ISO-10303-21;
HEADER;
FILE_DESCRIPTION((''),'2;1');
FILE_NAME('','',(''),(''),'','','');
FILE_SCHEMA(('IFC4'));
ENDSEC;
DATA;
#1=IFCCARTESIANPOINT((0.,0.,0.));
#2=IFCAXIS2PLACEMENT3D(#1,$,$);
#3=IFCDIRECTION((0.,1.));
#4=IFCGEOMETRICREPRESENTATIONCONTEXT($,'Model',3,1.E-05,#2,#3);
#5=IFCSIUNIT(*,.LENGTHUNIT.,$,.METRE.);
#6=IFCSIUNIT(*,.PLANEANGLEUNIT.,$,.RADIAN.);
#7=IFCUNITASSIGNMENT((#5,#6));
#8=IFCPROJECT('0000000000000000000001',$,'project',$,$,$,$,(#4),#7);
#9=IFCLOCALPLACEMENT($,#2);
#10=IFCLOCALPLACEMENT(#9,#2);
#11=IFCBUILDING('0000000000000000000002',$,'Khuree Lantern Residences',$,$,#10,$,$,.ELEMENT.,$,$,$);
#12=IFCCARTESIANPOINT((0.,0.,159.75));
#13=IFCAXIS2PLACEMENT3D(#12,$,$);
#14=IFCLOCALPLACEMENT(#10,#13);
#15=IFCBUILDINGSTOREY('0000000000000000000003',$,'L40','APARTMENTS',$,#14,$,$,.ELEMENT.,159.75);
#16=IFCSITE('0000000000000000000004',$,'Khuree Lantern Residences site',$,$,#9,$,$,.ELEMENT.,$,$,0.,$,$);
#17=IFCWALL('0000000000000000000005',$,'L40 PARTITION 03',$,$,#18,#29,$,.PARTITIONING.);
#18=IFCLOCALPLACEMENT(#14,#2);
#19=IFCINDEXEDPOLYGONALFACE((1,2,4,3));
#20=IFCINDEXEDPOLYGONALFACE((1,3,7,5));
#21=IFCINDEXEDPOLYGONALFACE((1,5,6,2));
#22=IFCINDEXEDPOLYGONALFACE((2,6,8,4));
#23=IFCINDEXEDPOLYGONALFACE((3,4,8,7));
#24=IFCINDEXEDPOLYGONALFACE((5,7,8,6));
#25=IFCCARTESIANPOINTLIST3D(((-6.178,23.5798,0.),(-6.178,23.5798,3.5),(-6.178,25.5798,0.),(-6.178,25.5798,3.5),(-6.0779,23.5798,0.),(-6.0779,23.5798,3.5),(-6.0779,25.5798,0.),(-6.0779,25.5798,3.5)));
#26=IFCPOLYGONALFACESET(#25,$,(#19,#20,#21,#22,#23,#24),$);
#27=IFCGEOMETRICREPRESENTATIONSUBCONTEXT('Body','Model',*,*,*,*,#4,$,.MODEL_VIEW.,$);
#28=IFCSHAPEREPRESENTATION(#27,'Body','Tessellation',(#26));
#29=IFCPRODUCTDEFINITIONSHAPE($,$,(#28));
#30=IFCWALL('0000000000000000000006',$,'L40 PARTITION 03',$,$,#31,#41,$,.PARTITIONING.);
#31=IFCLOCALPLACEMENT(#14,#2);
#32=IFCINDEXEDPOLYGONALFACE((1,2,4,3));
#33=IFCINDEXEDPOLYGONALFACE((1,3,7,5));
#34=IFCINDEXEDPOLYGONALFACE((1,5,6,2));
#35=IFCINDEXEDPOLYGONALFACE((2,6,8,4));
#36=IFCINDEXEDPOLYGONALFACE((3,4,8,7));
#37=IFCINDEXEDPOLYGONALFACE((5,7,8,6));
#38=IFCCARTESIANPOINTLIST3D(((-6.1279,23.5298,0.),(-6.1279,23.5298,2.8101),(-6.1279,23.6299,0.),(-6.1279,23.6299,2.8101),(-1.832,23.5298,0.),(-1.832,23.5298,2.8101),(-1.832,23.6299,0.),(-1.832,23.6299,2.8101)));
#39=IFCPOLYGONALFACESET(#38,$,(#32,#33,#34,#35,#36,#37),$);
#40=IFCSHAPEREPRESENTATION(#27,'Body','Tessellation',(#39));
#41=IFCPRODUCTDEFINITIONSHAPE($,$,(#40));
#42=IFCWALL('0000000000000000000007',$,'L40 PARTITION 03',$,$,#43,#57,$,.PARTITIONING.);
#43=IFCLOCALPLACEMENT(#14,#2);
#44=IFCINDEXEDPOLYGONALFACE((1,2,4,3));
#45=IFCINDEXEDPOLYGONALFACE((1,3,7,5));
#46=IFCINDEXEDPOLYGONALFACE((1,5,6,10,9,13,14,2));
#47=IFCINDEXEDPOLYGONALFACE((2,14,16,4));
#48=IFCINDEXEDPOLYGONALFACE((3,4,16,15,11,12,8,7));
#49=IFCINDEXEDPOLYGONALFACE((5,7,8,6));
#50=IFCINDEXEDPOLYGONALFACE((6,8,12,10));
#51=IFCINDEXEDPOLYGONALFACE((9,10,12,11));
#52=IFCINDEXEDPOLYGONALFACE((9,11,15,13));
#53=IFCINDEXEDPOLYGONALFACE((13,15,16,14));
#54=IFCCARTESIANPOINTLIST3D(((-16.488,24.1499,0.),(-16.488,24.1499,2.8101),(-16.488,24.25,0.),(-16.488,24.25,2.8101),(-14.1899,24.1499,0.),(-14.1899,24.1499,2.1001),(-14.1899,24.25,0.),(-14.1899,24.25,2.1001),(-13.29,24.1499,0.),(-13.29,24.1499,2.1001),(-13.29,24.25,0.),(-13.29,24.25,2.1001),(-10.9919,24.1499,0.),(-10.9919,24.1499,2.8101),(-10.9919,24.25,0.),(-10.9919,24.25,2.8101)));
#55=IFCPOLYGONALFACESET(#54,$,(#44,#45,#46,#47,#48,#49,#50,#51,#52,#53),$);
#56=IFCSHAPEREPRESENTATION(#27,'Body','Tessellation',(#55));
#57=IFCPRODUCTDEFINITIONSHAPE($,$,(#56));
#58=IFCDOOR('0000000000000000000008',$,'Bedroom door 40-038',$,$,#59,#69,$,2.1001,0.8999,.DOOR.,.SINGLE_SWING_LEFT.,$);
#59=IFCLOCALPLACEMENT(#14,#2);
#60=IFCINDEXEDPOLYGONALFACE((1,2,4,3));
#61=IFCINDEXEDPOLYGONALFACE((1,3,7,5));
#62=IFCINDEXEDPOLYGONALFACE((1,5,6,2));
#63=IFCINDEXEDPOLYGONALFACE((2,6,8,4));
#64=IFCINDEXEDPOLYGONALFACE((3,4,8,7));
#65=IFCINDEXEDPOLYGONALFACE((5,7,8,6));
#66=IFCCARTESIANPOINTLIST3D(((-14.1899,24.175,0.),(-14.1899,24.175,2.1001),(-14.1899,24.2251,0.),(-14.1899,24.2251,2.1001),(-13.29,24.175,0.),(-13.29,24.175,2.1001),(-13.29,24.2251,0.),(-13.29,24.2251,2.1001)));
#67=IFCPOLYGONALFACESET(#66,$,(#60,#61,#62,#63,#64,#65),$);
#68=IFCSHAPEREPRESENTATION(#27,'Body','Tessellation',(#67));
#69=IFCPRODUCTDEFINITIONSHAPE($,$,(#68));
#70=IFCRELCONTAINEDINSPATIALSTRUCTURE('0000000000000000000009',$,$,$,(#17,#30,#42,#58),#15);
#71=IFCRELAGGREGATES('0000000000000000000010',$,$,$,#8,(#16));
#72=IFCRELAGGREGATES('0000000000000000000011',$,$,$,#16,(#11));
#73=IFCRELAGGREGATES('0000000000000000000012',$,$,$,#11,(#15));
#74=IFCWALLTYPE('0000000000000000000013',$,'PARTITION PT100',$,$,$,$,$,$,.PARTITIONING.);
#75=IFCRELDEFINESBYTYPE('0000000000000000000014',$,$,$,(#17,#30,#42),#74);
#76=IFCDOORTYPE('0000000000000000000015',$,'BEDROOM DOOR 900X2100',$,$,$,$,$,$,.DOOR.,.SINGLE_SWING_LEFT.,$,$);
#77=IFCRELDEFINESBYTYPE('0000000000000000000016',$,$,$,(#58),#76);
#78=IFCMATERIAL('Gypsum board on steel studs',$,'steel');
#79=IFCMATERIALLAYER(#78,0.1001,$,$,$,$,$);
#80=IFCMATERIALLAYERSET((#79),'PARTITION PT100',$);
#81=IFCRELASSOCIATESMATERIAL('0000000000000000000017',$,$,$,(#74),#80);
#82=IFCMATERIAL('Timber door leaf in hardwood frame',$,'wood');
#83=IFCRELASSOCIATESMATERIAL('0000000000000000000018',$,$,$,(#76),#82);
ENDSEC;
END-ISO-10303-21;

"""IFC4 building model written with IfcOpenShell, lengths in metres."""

from ifc_helpers import new_model, si_unit, direction, frame, frame_2d, origin, place, context, subcontext, project, spatial, rectangle, extrude, material, layer, layer_set, type_object, element, fill, save


model = new_model("IFC4")

# Units and contexts
model_context = context("Model", 3, precision=1e-05, world=origin(), true_north=direction((0.0, 1.0)))
body_context = subcontext(model_context, "Body", "Model", "MODEL_VIEW")
ifc_project = project(units=[si_unit("LENGTHUNIT", "METRE"), si_unit("PLANEANGLEUNIT", "RADIAN")], contexts=[model_context])

# Site, building, storey
site_placement = place(None, origin())
site = spatial("IfcSite", under=ifc_project, at=site_placement, Name="Khuree Lantern Residences site", CompositionType="ELEMENT", RefElevation=0.0)
building_placement = place(site_placement, origin())
building = spatial("IfcBuilding", under=site, at=building_placement, Name="Khuree Lantern Residences", CompositionType="ELEMENT")
storey_placement = place(building_placement, frame((0.0, 0.0, 159.75)))
storey = spatial("IfcBuildingStorey", under=building, at=storey_placement, Name="L40", Description="APARTMENTS", CompositionType="ELEMENT", Elevation=159.75)

# Shared definitions
ifc_material_1 = material(Name="Gypsum board on steel studs", Category="steel")
ifc_layer_1 = layer(ifc_material_1, 0.1001)
ifc_layer_set_1 = layer_set([ifc_layer_1], Name="PARTITION PT100")
wall_type = type_object("IfcWallType", Name="PARTITION PT100", PredefinedType="PARTITIONING", material=ifc_layer_set_1)

# Shared definitions
ifc_material_2 = material(Name="Timber door leaf in hardwood frame", Category="wood")
door_type_1 = type_object("IfcDoorType", Name="BEDROOM DOOR 900X2100", OperationType="SINGLE_SWING_LEFT", PredefinedType="DOOR", material=ifc_material_2)

# Walls
wall_1_placement = place(storey_placement, frame((-6.1279, 23.5798, 0.0), z_axis=(0.0, 0.0, 1.0), x_axis=(0.0, 1.0, 0.0)))
element("IfcWall", 1, at=wall_1_placement, inside=storey, type_object=wall_type, Name="L40 PARTITION 03", PredefinedType="PARTITIONING", context=body_context, shape_type="SweptSolid", body=[
    extrude(rectangle(XDim=2.0, YDim=0.1001, at=frame_2d((1.0, 0.0))), origin(), (0.0, 0.0, 1.0), 3.5),
])
wall_2_placement = place(storey_placement, frame((-1.832, 23.5798, 0.0), z_axis=(0.0, 0.0, 1.0), x_axis=(-1.0, 0.0, 0.0)))
element("IfcWall", 2, at=wall_2_placement, inside=storey, type_object=wall_type, Name="L40 PARTITION 03", PredefinedType="PARTITIONING", context=body_context, shape_type="SweptSolid", body=[
    extrude(rectangle(XDim=4.2959, YDim=0.1001, at=frame_2d((2.1479, 0.0))), origin(), (0.0, 0.0, 1.0), 2.8101),
])

# Wall, opening, door
wall_3_placement = place(storey_placement, frame((-10.9919, 24.2, 0.0), z_axis=(0.0, 0.0, 1.0), x_axis=(-1.0, 0.0, 0.0)))
wall_3 = element("IfcWall", 3, at=wall_3_placement, inside=storey, type_object=wall_type, Name="L40 PARTITION 03", PredefinedType="PARTITIONING", context=body_context, shape_type="SweptSolid", body=[
    extrude(rectangle(XDim=5.4961, YDim=0.1001, at=frame_2d((2.748, 0.0))), origin(), (0.0, 0.0, 1.0), 2.8101),
])
opening_1_placement = place(wall_3_placement, frame((2.2981, 0.0, 0.0)))
opening_1 = element("IfcOpeningElement", 4, at=opening_1_placement, cuts=wall_3, PredefinedType="OPENING", context=body_context, shape_type="SweptSolid", body=[
    extrude(rectangle(XDim=0.8999, YDim=2.1001, at=frame_2d((0.45, 1.05))), frame((0.0, 0.0601, 0.0), z_axis=(0.0, -1.0, 0.0), x_axis=(1.0, 0.0, 0.0)), (0.0, 0.0, 1.0), 0.1201),
])
door_1_placement = place(opening_1_placement, origin())
door_1 = element("IfcDoor", 5, at=door_1_placement, inside=storey, type_object=door_type_1, Name="Bedroom door 40-038", OperationType="SINGLE_SWING_LEFT", OverallHeight=2.1001, OverallWidth=0.8999, PredefinedType="DOOR", context=body_context, shape_type="SweptSolid", body=[
    extrude(rectangle(XDim=0.8999, YDim=2.1001, at=frame_2d((0.45, 1.05))), frame((0.0, 0.0249, 0.0), z_axis=(0.0, -1.0, 0.0), x_axis=(1.0, 0.0, 0.0)), (0.0, 0.0, 1.0), 0.05),
])
fill(opening_1, door_1)

save(model, "model.ifc")
